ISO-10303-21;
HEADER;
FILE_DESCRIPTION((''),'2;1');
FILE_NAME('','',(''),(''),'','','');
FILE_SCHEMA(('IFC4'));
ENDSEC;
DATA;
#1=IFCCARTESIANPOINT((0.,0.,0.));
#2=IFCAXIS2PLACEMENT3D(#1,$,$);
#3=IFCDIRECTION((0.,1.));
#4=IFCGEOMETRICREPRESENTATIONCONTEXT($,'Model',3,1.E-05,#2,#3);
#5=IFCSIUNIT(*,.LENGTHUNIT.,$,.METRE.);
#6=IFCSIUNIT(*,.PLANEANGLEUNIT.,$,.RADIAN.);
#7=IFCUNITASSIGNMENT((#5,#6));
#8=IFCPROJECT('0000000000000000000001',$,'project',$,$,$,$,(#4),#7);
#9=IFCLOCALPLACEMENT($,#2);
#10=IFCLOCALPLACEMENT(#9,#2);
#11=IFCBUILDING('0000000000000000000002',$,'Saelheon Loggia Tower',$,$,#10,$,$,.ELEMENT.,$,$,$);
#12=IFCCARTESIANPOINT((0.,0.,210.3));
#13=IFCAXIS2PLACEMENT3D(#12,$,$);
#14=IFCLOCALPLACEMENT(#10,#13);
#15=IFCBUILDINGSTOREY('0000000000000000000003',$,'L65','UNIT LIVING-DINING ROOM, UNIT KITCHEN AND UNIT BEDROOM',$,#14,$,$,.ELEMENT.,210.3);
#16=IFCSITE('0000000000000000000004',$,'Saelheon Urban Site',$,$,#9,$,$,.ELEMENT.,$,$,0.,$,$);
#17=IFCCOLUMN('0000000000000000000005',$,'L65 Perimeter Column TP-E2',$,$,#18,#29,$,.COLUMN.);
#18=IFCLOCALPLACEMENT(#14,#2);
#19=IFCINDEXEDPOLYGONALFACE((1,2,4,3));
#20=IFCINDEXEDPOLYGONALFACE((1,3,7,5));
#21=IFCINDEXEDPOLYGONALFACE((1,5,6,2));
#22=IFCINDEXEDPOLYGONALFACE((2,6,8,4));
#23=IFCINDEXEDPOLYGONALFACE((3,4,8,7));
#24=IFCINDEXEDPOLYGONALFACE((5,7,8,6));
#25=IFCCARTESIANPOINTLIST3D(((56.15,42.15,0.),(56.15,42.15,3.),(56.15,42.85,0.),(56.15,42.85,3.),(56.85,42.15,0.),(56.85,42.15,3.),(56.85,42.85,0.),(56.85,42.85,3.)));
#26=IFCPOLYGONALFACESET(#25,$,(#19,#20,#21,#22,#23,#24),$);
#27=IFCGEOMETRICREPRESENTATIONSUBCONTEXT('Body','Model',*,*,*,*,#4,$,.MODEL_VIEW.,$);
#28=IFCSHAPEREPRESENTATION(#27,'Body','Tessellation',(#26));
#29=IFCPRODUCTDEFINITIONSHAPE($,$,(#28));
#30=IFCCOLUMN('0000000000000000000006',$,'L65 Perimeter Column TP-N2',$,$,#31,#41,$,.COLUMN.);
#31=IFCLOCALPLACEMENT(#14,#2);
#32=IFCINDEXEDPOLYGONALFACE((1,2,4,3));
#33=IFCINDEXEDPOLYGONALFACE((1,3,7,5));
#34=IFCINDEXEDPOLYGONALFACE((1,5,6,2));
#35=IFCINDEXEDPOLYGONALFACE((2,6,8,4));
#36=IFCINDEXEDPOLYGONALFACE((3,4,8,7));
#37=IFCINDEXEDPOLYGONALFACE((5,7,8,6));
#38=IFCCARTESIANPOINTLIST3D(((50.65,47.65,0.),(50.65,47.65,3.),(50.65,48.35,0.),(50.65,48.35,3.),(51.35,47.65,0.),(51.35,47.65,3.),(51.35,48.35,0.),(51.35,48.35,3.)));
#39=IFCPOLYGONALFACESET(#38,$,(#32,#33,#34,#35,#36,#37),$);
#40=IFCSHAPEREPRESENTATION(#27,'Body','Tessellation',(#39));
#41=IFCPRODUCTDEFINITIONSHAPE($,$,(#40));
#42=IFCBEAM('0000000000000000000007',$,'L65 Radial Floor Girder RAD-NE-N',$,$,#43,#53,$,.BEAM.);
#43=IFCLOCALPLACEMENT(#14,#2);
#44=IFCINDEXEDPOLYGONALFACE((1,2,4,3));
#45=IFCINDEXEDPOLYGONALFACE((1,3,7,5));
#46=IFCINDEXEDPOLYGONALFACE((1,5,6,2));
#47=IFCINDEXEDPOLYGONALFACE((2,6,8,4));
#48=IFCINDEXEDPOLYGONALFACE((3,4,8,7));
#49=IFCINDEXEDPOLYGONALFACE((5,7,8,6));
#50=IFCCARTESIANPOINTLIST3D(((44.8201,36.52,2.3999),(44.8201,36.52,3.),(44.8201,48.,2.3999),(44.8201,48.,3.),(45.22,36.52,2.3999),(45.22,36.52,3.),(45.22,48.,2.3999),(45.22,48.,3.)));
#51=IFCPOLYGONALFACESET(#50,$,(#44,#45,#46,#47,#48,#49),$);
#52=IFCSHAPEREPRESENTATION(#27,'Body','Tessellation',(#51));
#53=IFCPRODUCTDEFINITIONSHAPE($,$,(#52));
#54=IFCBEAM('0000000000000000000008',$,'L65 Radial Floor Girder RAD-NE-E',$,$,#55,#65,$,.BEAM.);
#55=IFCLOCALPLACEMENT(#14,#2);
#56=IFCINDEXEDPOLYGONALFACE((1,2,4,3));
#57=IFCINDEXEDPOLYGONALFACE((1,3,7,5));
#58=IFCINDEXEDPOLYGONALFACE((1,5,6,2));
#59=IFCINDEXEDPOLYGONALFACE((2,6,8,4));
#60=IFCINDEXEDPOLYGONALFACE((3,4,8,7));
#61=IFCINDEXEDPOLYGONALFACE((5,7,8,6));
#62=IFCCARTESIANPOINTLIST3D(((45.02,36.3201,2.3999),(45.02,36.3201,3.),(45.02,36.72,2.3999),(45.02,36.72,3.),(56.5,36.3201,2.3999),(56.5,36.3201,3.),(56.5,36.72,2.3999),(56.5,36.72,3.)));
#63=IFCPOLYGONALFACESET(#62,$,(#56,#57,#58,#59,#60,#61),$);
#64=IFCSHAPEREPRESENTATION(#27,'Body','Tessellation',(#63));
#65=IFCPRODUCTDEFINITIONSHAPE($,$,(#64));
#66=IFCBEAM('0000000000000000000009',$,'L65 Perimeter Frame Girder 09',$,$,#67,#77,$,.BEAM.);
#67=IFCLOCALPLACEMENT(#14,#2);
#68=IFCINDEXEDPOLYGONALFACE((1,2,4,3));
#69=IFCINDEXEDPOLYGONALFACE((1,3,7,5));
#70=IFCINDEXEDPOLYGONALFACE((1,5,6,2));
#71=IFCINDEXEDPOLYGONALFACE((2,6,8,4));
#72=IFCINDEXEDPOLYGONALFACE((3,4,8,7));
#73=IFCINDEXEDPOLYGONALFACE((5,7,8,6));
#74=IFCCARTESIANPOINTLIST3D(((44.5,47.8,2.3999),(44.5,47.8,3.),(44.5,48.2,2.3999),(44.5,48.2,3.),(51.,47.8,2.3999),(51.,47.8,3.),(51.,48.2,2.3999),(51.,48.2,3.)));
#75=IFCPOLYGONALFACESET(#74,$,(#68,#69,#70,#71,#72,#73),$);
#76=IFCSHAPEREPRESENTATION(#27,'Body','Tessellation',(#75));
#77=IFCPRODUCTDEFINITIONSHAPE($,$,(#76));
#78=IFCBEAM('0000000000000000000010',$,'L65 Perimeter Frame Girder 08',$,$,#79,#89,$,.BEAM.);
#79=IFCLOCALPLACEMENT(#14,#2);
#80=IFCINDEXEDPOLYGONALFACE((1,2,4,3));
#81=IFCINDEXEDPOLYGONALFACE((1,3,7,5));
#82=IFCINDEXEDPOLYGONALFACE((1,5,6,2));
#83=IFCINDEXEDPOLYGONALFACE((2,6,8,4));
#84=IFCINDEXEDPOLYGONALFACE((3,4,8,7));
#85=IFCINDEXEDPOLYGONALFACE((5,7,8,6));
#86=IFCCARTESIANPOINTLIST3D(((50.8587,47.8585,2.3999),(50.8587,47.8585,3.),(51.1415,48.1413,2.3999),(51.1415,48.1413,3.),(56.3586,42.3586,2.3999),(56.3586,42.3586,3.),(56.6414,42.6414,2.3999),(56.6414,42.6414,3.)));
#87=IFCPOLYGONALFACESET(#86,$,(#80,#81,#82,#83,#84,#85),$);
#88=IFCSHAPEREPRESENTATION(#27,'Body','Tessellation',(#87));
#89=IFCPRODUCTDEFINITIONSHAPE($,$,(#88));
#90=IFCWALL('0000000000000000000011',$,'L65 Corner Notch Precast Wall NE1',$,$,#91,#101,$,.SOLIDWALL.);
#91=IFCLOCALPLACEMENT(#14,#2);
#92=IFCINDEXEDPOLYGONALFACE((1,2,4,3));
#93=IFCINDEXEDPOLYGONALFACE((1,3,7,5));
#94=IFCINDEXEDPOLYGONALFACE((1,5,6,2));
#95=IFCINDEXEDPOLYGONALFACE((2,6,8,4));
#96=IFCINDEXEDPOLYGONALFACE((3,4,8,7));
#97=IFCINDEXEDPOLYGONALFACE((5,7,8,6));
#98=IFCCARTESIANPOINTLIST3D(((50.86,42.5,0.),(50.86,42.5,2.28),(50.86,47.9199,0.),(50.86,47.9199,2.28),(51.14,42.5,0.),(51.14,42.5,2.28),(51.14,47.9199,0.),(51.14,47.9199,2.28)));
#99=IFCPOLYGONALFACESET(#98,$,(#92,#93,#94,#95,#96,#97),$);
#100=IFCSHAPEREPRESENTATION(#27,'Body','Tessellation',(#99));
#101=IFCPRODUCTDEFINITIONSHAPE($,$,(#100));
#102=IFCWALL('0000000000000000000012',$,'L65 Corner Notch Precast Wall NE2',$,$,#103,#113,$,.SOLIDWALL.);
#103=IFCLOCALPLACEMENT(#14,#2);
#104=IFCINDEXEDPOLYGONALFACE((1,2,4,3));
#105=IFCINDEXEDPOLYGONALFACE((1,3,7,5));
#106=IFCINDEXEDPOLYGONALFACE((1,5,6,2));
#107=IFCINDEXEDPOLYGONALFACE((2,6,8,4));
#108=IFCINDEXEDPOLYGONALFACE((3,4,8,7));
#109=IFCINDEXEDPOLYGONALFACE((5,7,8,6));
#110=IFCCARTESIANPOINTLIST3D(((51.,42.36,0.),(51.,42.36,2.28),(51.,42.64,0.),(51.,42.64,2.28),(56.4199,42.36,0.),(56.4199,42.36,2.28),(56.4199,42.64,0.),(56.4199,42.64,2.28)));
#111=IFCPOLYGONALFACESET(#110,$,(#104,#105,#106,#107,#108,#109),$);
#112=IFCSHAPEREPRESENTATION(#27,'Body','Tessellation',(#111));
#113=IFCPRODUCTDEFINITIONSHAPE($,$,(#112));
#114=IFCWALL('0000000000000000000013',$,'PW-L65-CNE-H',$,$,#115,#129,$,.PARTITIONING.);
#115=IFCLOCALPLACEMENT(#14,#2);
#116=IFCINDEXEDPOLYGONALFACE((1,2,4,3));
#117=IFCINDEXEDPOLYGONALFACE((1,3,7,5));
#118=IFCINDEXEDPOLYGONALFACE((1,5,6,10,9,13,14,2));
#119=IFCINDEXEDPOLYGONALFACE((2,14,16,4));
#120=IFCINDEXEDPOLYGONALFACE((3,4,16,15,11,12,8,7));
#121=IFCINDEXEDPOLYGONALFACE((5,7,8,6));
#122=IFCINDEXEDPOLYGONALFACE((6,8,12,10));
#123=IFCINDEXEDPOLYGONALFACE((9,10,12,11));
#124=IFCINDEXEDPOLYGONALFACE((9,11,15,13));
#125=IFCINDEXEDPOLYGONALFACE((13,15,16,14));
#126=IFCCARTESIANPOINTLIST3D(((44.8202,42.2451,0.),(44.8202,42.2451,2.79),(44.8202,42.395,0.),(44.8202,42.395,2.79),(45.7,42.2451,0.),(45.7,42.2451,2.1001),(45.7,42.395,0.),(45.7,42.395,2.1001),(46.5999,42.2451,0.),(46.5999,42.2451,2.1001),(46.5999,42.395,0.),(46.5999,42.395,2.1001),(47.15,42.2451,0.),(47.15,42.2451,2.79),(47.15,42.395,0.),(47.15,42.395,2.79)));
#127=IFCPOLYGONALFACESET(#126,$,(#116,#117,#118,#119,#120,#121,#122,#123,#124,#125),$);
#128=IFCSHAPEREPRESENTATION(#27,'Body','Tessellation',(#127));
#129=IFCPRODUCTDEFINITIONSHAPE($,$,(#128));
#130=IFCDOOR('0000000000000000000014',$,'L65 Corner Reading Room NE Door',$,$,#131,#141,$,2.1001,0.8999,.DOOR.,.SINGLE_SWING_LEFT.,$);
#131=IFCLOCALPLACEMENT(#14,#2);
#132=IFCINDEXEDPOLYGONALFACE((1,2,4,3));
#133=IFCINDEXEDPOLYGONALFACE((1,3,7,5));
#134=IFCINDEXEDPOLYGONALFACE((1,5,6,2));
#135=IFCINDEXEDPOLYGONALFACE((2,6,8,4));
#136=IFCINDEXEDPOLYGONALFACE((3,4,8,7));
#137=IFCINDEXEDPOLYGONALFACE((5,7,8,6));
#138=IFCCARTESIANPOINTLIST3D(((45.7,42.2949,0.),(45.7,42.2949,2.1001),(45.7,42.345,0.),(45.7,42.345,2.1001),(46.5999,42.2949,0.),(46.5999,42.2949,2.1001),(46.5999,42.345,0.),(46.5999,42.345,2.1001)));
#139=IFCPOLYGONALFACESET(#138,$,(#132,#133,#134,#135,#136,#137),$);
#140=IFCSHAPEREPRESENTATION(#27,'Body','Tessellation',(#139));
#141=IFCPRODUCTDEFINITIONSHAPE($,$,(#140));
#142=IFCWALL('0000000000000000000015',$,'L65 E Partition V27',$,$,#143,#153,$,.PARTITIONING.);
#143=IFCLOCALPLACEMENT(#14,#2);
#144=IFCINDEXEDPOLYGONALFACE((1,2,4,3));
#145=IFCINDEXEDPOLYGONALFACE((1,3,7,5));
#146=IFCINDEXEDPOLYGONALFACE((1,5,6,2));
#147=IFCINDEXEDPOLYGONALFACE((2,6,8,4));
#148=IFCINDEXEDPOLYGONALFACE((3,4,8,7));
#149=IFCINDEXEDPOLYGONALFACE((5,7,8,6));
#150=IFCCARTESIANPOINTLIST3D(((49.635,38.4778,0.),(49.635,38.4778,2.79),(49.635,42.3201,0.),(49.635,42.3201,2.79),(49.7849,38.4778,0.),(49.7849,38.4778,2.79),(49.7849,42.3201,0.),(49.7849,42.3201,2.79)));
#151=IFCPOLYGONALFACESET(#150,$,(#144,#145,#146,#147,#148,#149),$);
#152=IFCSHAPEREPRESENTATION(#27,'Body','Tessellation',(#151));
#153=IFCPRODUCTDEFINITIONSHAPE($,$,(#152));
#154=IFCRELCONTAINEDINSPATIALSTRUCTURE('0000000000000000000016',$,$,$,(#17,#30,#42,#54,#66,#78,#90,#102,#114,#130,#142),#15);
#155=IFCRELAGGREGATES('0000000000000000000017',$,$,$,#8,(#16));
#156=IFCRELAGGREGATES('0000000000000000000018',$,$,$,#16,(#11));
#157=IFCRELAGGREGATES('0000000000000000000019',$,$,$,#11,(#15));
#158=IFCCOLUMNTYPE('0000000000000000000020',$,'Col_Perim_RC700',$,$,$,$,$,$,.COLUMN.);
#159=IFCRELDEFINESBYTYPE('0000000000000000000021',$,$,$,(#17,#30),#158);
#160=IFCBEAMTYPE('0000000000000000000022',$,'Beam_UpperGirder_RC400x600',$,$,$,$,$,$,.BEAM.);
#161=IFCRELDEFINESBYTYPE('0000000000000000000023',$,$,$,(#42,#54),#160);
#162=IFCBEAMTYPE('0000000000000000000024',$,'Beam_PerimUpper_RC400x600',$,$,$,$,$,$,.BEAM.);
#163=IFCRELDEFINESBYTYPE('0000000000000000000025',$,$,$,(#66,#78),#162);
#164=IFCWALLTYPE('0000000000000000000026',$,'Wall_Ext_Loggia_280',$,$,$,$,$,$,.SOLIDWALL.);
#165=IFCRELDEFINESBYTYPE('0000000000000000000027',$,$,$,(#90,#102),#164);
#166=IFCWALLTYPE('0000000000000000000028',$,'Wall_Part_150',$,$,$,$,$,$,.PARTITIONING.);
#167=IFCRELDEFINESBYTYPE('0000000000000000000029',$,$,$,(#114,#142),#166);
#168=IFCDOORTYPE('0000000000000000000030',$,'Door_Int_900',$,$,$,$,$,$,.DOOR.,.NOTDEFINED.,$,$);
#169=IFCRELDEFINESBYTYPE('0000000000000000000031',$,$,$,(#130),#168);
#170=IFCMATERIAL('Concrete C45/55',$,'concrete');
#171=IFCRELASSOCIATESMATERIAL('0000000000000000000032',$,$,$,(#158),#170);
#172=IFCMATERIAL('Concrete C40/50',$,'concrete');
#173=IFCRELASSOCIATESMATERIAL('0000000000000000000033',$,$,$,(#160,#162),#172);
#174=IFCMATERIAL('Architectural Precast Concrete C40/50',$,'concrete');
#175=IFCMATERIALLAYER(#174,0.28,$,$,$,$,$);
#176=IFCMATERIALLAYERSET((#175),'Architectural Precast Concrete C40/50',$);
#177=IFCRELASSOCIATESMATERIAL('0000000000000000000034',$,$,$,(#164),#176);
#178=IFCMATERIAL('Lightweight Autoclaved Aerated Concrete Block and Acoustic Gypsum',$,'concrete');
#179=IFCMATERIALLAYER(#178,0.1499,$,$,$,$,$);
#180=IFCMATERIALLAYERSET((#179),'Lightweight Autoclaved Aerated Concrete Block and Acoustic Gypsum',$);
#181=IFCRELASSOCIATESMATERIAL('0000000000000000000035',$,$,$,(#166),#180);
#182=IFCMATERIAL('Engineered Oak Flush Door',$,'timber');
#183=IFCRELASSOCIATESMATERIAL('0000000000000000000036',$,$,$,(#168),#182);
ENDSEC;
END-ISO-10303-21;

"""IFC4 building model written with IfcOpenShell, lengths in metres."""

from ifc_helpers import new_model, si_unit, direction, frame, frame_2d, origin, origin_2d, place, context, subcontext, project, spatial, rectangle, extrude, source, transform, mapped, material, layer, layer_set, material_profile, profile_set, type_object, element, fill, save


model = new_model("IFC4")

# Units and contexts
model_context = context("Model", 3, precision=1e-05, world=origin(), true_north=direction((0.0, 1.0)))
body_context = subcontext(model_context, "Body", "Model", "MODEL_VIEW")
ifc_project = project(units=[si_unit("LENGTHUNIT", "METRE"), si_unit("PLANEANGLEUNIT", "RADIAN")], contexts=[model_context])

# Site, building, storey
site_placement = place(None, origin())
site = spatial("IfcSite", under=ifc_project, at=site_placement, Name="Saelheon Urban Site", CompositionType="ELEMENT", RefElevation=0.0)
building_placement = place(site_placement, origin())
building = spatial("IfcBuilding", under=site, at=building_placement, Name="Saelheon Loggia Tower", CompositionType="ELEMENT")
storey_placement = place(building_placement, frame((0.0, 0.0, 210.3)))
storey = spatial("IfcBuildingStorey", under=building, at=storey_placement, Name="L65", Description="UNIT LIVING-DINING ROOM, UNIT KITCHEN AND UNIT BEDROOM", CompositionType="ELEMENT", Elevation=210.3)

# Columns
ifc_material_1 = material(Name="Concrete C45/55", Category="concrete")
ifc_material_profile_1 = material_profile(ifc_material_1, rectangle(XDim=0.7, YDim=0.7, at=origin_2d()), Name="RC-700x700")
ifc_profile_set_1 = profile_set([ifc_material_profile_1], Name="Concrete C45/55")
column_type = type_object("IfcColumnType", Name="Col_Perim_RC700", PredefinedType="COLUMN", material=ifc_profile_set_1)
shared_shape_1 = source(origin(), body_context, "Body", "SweptSolid", [
    extrude(rectangle(XDim=0.7, YDim=0.7, at=origin_2d()), origin(), (0.0, 0.0, 1.0), 3.0),
])
for number, where, z_axis, x_axis, name in (
    (1, (56.5, 42.5, 0.0), (0.0, 0.0, 1.0), (1.0, 0.0, 0.0), "L65 Perimeter Column TP-E2"),
    (2, (51.0, 48.0, 0.0), (0.0, 0.0, 1.0), (1.0, 0.0, 0.0), "L65 Perimeter Column TP-N2"),
):
    element("IfcColumn", number, at=place(storey_placement, frame(where, z_axis=z_axis, x_axis=x_axis)), inside=storey, type_object=column_type, Name=name, PredefinedType="COLUMN", context=body_context, shape_type="MappedRepresentation", body=[
        mapped(shared_shape_1, transform((0.0, 0.0, 0.0), scale=1.0)),
    ])

# Beams
ifc_material_2 = material(Name="Concrete C40/50", Category="concrete")
ifc_material_profile_2 = material_profile(ifc_material_2, rectangle(XDim=0.3999, YDim=0.6001, at=origin_2d()), Name="RC-400x600")
ifc_profile_set_2 = profile_set([ifc_material_profile_2], Name="Concrete C40/50")
beam_type_1 = type_object("IfcBeamType", Name="Beam_UpperGirder_RC400x600", PredefinedType="BEAM", material=ifc_profile_set_2)
shared_shape_2 = source(origin(), body_context, "Body", "SweptSolid", [
    extrude(rectangle(XDim=0.3999, YDim=0.6001, at=origin_2d()), origin(), (0.0, 0.0, 1.0), 11.48),
])
for number, where, z_axis, x_axis, name in (
    (3, (45.02, 36.52, 2.7), (0.0, 1.0, 0.0), (-1.0, 0.0, 0.0), "L65 Radial Floor Girder RAD-NE-N"),
    (4, (45.02, 36.52, 2.7), (1.0, 0.0, 0.0), (0.0, 1.0, 0.0), "L65 Radial Floor Girder RAD-NE-E"),
):
    element("IfcBeam", number, at=place(storey_placement, frame(where, z_axis=z_axis, x_axis=x_axis)), inside=storey, type_object=beam_type_1, Name=name, PredefinedType="BEAM", context=body_context, shape_type="MappedRepresentation", body=[
        mapped(shared_shape_2, transform((0.0, 0.0, 0.0), scale=1.0)),
    ])
ifc_material_profile_3 = material_profile(ifc_material_2, rectangle(XDim=0.3999, YDim=0.6001, at=origin_2d()), Name="RC-400x600")
ifc_profile_set_3 = profile_set([ifc_material_profile_3], Name="Concrete C40/50")
beam_type_2 = type_object("IfcBeamType", Name="Beam_PerimUpper_RC400x600", PredefinedType="BEAM", material=ifc_profile_set_3)
shared_shape_3 = source(origin(), body_context, "Body", "SweptSolid", [
    extrude(rectangle(XDim=0.3999, YDim=0.6001, at=origin_2d()), origin(), (0.0, 0.0, 1.0), 6.5),
])
beam_1_placement = place(storey_placement, frame((51.0, 48.0, 2.7), z_axis=(-1.0, 0.0, 0.0), x_axis=(0.0, -1.0, 0.0)))
element("IfcBeam", 5, at=beam_1_placement, inside=storey, type_object=beam_type_2, Name="L65 Perimeter Frame Girder 09", PredefinedType="BEAM", context=body_context, shape_type="MappedRepresentation", body=[
    mapped(shared_shape_3, transform((0.0, 0.0, 0.0), scale=1.0)),
])
shared_shape_4 = source(origin(), body_context, "Body", "SweptSolid", [
    extrude(rectangle(XDim=0.3999, YDim=0.6001, at=origin_2d()), origin(), (0.0, 0.0, 1.0), 7.7781),
])
beam_2_placement = place(storey_placement, frame((56.5, 42.5, 2.7), z_axis=(-0.707107, 0.707107, 0.0), x_axis=(-0.707107, -0.707107, 0.0)))
element("IfcBeam", 6, at=beam_2_placement, inside=storey, type_object=beam_type_2, Name="L65 Perimeter Frame Girder 08", PredefinedType="BEAM", context=body_context, shape_type="MappedRepresentation", body=[
    mapped(shared_shape_4, transform((0.0, 0.0, 0.0), scale=1.0)),
])

# Walls
ifc_material_3 = material(Name="Architectural Precast Concrete C40/50", Category="concrete")
ifc_layer_1 = layer(ifc_material_3, 0.28)
ifc_layer_set_1 = layer_set([ifc_layer_1], Name="Architectural Precast Concrete C40/50")
wall_type_1 = type_object("IfcWallType", Name="Wall_Ext_Loggia_280", PredefinedType="SOLIDWALL", material=ifc_layer_set_1)
for number, where, z_axis, x_axis, name in (
    (7, (51.0, 42.5, 0.0), (0.0, 0.0, 1.0), (0.0, 1.0, 0.0), "L65 Corner Notch Precast Wall NE1"),
    (8, (51.0, 42.5, 0.0), (0.0, 0.0, 1.0), (1.0, 0.0, 0.0), "L65 Corner Notch Precast Wall NE2"),
):
    element("IfcWall", number, at=place(storey_placement, frame(where, z_axis=z_axis, x_axis=x_axis)), inside=storey, type_object=wall_type_1, Name=name, PredefinedType="SOLIDWALL", context=body_context, shape_type="SweptSolid", body=[
        extrude(rectangle(XDim=5.4199, YDim=0.28, at=frame_2d((2.71, 0.0))), origin(), (0.0, 0.0, 1.0), 2.28),
    ])

# Wall, opening, door
ifc_material_4 = material(Name="Lightweight Autoclaved Aerated Concrete Block and Acoustic Gypsum", Category="concrete")
ifc_layer_2 = layer(ifc_material_4, 0.1499)
ifc_layer_set_2 = layer_set([ifc_layer_2], Name="Lightweight Autoclaved Aerated Concrete Block and Acoustic Gypsum")
wall_type_2 = type_object("IfcWallType", Name="Wall_Part_150", PredefinedType="PARTITIONING", material=ifc_layer_set_2)
wall_1_placement = place(storey_placement, frame((44.8201, 42.3201, 0.0), z_axis=(0.0, 0.0, 1.0), x_axis=(1.0, 0.0, 0.0)))
wall_1 = element("IfcWall", 9, at=wall_1_placement, inside=storey, type_object=wall_type_2, Name="PW-L65-CNE-H", PredefinedType="PARTITIONING", context=body_context, shape_type="SweptSolid", body=[
    extrude(rectangle(XDim=2.3298, YDim=0.1499, at=frame_2d((1.165, 0.0))), origin(), (0.0, 0.0, 1.0), 2.79),
])
opening_1_placement = place(wall_1_placement, frame((0.8799, 0.0, 0.0)))
opening_1 = element("IfcOpeningElement", 10, at=opening_1_placement, cuts=wall_1, PredefinedType="OPENING", context=body_context, shape_type="SweptSolid", body=[
    extrude(rectangle(XDim=0.8999, YDim=2.1001, at=frame_2d((0.45, 1.05))), frame((0.0, 0.0869, 0.0), z_axis=(0.0, -1.0, 0.0), x_axis=(1.0, 0.0, 0.0)), (0.0, 0.0, 1.0), 0.1738),
])
ifc_material_5 = material(Name="Engineered Oak Flush Door", Category="timber")
door_type = type_object("IfcDoorType", Name="Door_Int_900", OperationType="NOTDEFINED", PredefinedType="DOOR", material=ifc_material_5)
shared_shape_5 = source(origin(), body_context, "Body", "SweptSolid", [
    extrude(rectangle(XDim=0.8999, YDim=2.1001, at=frame_2d((0.45, 1.05))), frame((0.0, 0.0249, 0.0), z_axis=(0.0, -1.0, 0.0), x_axis=(1.0, 0.0, 0.0)), (0.0, 0.0, 1.0), 0.05),
])
door_1_placement = place(opening_1_placement, origin())
door_1 = element("IfcDoor", 11, at=door_1_placement, inside=storey, type_object=door_type, Name="L65 Corner Reading Room NE Door", OperationType="SINGLE_SWING_LEFT", OverallHeight=2.1001, OverallWidth=0.8999, PredefinedType="DOOR", context=body_context, shape_type="MappedRepresentation", body=[
    mapped(shared_shape_5, transform((0.0, 0.0, 0.0), scale=1.0)),
])
fill(opening_1, door_1)

# Wall
wall_2_placement = place(storey_placement, frame((49.71, 38.4778, 0.0), z_axis=(0.0, 0.0, 1.0), x_axis=(0.0, 1.0, 0.0)))
element("IfcWall", 12, at=wall_2_placement, inside=storey, type_object=wall_type_2, Name="L65 E Partition V27", PredefinedType="PARTITIONING", context=body_context, shape_type="SweptSolid", body=[
    extrude(rectangle(XDim=3.8423, YDim=0.1499, at=frame_2d((1.9211, 0.0))), origin(), (0.0, 0.0, 1.0), 2.79),
])

save(model, "model.ifc")
